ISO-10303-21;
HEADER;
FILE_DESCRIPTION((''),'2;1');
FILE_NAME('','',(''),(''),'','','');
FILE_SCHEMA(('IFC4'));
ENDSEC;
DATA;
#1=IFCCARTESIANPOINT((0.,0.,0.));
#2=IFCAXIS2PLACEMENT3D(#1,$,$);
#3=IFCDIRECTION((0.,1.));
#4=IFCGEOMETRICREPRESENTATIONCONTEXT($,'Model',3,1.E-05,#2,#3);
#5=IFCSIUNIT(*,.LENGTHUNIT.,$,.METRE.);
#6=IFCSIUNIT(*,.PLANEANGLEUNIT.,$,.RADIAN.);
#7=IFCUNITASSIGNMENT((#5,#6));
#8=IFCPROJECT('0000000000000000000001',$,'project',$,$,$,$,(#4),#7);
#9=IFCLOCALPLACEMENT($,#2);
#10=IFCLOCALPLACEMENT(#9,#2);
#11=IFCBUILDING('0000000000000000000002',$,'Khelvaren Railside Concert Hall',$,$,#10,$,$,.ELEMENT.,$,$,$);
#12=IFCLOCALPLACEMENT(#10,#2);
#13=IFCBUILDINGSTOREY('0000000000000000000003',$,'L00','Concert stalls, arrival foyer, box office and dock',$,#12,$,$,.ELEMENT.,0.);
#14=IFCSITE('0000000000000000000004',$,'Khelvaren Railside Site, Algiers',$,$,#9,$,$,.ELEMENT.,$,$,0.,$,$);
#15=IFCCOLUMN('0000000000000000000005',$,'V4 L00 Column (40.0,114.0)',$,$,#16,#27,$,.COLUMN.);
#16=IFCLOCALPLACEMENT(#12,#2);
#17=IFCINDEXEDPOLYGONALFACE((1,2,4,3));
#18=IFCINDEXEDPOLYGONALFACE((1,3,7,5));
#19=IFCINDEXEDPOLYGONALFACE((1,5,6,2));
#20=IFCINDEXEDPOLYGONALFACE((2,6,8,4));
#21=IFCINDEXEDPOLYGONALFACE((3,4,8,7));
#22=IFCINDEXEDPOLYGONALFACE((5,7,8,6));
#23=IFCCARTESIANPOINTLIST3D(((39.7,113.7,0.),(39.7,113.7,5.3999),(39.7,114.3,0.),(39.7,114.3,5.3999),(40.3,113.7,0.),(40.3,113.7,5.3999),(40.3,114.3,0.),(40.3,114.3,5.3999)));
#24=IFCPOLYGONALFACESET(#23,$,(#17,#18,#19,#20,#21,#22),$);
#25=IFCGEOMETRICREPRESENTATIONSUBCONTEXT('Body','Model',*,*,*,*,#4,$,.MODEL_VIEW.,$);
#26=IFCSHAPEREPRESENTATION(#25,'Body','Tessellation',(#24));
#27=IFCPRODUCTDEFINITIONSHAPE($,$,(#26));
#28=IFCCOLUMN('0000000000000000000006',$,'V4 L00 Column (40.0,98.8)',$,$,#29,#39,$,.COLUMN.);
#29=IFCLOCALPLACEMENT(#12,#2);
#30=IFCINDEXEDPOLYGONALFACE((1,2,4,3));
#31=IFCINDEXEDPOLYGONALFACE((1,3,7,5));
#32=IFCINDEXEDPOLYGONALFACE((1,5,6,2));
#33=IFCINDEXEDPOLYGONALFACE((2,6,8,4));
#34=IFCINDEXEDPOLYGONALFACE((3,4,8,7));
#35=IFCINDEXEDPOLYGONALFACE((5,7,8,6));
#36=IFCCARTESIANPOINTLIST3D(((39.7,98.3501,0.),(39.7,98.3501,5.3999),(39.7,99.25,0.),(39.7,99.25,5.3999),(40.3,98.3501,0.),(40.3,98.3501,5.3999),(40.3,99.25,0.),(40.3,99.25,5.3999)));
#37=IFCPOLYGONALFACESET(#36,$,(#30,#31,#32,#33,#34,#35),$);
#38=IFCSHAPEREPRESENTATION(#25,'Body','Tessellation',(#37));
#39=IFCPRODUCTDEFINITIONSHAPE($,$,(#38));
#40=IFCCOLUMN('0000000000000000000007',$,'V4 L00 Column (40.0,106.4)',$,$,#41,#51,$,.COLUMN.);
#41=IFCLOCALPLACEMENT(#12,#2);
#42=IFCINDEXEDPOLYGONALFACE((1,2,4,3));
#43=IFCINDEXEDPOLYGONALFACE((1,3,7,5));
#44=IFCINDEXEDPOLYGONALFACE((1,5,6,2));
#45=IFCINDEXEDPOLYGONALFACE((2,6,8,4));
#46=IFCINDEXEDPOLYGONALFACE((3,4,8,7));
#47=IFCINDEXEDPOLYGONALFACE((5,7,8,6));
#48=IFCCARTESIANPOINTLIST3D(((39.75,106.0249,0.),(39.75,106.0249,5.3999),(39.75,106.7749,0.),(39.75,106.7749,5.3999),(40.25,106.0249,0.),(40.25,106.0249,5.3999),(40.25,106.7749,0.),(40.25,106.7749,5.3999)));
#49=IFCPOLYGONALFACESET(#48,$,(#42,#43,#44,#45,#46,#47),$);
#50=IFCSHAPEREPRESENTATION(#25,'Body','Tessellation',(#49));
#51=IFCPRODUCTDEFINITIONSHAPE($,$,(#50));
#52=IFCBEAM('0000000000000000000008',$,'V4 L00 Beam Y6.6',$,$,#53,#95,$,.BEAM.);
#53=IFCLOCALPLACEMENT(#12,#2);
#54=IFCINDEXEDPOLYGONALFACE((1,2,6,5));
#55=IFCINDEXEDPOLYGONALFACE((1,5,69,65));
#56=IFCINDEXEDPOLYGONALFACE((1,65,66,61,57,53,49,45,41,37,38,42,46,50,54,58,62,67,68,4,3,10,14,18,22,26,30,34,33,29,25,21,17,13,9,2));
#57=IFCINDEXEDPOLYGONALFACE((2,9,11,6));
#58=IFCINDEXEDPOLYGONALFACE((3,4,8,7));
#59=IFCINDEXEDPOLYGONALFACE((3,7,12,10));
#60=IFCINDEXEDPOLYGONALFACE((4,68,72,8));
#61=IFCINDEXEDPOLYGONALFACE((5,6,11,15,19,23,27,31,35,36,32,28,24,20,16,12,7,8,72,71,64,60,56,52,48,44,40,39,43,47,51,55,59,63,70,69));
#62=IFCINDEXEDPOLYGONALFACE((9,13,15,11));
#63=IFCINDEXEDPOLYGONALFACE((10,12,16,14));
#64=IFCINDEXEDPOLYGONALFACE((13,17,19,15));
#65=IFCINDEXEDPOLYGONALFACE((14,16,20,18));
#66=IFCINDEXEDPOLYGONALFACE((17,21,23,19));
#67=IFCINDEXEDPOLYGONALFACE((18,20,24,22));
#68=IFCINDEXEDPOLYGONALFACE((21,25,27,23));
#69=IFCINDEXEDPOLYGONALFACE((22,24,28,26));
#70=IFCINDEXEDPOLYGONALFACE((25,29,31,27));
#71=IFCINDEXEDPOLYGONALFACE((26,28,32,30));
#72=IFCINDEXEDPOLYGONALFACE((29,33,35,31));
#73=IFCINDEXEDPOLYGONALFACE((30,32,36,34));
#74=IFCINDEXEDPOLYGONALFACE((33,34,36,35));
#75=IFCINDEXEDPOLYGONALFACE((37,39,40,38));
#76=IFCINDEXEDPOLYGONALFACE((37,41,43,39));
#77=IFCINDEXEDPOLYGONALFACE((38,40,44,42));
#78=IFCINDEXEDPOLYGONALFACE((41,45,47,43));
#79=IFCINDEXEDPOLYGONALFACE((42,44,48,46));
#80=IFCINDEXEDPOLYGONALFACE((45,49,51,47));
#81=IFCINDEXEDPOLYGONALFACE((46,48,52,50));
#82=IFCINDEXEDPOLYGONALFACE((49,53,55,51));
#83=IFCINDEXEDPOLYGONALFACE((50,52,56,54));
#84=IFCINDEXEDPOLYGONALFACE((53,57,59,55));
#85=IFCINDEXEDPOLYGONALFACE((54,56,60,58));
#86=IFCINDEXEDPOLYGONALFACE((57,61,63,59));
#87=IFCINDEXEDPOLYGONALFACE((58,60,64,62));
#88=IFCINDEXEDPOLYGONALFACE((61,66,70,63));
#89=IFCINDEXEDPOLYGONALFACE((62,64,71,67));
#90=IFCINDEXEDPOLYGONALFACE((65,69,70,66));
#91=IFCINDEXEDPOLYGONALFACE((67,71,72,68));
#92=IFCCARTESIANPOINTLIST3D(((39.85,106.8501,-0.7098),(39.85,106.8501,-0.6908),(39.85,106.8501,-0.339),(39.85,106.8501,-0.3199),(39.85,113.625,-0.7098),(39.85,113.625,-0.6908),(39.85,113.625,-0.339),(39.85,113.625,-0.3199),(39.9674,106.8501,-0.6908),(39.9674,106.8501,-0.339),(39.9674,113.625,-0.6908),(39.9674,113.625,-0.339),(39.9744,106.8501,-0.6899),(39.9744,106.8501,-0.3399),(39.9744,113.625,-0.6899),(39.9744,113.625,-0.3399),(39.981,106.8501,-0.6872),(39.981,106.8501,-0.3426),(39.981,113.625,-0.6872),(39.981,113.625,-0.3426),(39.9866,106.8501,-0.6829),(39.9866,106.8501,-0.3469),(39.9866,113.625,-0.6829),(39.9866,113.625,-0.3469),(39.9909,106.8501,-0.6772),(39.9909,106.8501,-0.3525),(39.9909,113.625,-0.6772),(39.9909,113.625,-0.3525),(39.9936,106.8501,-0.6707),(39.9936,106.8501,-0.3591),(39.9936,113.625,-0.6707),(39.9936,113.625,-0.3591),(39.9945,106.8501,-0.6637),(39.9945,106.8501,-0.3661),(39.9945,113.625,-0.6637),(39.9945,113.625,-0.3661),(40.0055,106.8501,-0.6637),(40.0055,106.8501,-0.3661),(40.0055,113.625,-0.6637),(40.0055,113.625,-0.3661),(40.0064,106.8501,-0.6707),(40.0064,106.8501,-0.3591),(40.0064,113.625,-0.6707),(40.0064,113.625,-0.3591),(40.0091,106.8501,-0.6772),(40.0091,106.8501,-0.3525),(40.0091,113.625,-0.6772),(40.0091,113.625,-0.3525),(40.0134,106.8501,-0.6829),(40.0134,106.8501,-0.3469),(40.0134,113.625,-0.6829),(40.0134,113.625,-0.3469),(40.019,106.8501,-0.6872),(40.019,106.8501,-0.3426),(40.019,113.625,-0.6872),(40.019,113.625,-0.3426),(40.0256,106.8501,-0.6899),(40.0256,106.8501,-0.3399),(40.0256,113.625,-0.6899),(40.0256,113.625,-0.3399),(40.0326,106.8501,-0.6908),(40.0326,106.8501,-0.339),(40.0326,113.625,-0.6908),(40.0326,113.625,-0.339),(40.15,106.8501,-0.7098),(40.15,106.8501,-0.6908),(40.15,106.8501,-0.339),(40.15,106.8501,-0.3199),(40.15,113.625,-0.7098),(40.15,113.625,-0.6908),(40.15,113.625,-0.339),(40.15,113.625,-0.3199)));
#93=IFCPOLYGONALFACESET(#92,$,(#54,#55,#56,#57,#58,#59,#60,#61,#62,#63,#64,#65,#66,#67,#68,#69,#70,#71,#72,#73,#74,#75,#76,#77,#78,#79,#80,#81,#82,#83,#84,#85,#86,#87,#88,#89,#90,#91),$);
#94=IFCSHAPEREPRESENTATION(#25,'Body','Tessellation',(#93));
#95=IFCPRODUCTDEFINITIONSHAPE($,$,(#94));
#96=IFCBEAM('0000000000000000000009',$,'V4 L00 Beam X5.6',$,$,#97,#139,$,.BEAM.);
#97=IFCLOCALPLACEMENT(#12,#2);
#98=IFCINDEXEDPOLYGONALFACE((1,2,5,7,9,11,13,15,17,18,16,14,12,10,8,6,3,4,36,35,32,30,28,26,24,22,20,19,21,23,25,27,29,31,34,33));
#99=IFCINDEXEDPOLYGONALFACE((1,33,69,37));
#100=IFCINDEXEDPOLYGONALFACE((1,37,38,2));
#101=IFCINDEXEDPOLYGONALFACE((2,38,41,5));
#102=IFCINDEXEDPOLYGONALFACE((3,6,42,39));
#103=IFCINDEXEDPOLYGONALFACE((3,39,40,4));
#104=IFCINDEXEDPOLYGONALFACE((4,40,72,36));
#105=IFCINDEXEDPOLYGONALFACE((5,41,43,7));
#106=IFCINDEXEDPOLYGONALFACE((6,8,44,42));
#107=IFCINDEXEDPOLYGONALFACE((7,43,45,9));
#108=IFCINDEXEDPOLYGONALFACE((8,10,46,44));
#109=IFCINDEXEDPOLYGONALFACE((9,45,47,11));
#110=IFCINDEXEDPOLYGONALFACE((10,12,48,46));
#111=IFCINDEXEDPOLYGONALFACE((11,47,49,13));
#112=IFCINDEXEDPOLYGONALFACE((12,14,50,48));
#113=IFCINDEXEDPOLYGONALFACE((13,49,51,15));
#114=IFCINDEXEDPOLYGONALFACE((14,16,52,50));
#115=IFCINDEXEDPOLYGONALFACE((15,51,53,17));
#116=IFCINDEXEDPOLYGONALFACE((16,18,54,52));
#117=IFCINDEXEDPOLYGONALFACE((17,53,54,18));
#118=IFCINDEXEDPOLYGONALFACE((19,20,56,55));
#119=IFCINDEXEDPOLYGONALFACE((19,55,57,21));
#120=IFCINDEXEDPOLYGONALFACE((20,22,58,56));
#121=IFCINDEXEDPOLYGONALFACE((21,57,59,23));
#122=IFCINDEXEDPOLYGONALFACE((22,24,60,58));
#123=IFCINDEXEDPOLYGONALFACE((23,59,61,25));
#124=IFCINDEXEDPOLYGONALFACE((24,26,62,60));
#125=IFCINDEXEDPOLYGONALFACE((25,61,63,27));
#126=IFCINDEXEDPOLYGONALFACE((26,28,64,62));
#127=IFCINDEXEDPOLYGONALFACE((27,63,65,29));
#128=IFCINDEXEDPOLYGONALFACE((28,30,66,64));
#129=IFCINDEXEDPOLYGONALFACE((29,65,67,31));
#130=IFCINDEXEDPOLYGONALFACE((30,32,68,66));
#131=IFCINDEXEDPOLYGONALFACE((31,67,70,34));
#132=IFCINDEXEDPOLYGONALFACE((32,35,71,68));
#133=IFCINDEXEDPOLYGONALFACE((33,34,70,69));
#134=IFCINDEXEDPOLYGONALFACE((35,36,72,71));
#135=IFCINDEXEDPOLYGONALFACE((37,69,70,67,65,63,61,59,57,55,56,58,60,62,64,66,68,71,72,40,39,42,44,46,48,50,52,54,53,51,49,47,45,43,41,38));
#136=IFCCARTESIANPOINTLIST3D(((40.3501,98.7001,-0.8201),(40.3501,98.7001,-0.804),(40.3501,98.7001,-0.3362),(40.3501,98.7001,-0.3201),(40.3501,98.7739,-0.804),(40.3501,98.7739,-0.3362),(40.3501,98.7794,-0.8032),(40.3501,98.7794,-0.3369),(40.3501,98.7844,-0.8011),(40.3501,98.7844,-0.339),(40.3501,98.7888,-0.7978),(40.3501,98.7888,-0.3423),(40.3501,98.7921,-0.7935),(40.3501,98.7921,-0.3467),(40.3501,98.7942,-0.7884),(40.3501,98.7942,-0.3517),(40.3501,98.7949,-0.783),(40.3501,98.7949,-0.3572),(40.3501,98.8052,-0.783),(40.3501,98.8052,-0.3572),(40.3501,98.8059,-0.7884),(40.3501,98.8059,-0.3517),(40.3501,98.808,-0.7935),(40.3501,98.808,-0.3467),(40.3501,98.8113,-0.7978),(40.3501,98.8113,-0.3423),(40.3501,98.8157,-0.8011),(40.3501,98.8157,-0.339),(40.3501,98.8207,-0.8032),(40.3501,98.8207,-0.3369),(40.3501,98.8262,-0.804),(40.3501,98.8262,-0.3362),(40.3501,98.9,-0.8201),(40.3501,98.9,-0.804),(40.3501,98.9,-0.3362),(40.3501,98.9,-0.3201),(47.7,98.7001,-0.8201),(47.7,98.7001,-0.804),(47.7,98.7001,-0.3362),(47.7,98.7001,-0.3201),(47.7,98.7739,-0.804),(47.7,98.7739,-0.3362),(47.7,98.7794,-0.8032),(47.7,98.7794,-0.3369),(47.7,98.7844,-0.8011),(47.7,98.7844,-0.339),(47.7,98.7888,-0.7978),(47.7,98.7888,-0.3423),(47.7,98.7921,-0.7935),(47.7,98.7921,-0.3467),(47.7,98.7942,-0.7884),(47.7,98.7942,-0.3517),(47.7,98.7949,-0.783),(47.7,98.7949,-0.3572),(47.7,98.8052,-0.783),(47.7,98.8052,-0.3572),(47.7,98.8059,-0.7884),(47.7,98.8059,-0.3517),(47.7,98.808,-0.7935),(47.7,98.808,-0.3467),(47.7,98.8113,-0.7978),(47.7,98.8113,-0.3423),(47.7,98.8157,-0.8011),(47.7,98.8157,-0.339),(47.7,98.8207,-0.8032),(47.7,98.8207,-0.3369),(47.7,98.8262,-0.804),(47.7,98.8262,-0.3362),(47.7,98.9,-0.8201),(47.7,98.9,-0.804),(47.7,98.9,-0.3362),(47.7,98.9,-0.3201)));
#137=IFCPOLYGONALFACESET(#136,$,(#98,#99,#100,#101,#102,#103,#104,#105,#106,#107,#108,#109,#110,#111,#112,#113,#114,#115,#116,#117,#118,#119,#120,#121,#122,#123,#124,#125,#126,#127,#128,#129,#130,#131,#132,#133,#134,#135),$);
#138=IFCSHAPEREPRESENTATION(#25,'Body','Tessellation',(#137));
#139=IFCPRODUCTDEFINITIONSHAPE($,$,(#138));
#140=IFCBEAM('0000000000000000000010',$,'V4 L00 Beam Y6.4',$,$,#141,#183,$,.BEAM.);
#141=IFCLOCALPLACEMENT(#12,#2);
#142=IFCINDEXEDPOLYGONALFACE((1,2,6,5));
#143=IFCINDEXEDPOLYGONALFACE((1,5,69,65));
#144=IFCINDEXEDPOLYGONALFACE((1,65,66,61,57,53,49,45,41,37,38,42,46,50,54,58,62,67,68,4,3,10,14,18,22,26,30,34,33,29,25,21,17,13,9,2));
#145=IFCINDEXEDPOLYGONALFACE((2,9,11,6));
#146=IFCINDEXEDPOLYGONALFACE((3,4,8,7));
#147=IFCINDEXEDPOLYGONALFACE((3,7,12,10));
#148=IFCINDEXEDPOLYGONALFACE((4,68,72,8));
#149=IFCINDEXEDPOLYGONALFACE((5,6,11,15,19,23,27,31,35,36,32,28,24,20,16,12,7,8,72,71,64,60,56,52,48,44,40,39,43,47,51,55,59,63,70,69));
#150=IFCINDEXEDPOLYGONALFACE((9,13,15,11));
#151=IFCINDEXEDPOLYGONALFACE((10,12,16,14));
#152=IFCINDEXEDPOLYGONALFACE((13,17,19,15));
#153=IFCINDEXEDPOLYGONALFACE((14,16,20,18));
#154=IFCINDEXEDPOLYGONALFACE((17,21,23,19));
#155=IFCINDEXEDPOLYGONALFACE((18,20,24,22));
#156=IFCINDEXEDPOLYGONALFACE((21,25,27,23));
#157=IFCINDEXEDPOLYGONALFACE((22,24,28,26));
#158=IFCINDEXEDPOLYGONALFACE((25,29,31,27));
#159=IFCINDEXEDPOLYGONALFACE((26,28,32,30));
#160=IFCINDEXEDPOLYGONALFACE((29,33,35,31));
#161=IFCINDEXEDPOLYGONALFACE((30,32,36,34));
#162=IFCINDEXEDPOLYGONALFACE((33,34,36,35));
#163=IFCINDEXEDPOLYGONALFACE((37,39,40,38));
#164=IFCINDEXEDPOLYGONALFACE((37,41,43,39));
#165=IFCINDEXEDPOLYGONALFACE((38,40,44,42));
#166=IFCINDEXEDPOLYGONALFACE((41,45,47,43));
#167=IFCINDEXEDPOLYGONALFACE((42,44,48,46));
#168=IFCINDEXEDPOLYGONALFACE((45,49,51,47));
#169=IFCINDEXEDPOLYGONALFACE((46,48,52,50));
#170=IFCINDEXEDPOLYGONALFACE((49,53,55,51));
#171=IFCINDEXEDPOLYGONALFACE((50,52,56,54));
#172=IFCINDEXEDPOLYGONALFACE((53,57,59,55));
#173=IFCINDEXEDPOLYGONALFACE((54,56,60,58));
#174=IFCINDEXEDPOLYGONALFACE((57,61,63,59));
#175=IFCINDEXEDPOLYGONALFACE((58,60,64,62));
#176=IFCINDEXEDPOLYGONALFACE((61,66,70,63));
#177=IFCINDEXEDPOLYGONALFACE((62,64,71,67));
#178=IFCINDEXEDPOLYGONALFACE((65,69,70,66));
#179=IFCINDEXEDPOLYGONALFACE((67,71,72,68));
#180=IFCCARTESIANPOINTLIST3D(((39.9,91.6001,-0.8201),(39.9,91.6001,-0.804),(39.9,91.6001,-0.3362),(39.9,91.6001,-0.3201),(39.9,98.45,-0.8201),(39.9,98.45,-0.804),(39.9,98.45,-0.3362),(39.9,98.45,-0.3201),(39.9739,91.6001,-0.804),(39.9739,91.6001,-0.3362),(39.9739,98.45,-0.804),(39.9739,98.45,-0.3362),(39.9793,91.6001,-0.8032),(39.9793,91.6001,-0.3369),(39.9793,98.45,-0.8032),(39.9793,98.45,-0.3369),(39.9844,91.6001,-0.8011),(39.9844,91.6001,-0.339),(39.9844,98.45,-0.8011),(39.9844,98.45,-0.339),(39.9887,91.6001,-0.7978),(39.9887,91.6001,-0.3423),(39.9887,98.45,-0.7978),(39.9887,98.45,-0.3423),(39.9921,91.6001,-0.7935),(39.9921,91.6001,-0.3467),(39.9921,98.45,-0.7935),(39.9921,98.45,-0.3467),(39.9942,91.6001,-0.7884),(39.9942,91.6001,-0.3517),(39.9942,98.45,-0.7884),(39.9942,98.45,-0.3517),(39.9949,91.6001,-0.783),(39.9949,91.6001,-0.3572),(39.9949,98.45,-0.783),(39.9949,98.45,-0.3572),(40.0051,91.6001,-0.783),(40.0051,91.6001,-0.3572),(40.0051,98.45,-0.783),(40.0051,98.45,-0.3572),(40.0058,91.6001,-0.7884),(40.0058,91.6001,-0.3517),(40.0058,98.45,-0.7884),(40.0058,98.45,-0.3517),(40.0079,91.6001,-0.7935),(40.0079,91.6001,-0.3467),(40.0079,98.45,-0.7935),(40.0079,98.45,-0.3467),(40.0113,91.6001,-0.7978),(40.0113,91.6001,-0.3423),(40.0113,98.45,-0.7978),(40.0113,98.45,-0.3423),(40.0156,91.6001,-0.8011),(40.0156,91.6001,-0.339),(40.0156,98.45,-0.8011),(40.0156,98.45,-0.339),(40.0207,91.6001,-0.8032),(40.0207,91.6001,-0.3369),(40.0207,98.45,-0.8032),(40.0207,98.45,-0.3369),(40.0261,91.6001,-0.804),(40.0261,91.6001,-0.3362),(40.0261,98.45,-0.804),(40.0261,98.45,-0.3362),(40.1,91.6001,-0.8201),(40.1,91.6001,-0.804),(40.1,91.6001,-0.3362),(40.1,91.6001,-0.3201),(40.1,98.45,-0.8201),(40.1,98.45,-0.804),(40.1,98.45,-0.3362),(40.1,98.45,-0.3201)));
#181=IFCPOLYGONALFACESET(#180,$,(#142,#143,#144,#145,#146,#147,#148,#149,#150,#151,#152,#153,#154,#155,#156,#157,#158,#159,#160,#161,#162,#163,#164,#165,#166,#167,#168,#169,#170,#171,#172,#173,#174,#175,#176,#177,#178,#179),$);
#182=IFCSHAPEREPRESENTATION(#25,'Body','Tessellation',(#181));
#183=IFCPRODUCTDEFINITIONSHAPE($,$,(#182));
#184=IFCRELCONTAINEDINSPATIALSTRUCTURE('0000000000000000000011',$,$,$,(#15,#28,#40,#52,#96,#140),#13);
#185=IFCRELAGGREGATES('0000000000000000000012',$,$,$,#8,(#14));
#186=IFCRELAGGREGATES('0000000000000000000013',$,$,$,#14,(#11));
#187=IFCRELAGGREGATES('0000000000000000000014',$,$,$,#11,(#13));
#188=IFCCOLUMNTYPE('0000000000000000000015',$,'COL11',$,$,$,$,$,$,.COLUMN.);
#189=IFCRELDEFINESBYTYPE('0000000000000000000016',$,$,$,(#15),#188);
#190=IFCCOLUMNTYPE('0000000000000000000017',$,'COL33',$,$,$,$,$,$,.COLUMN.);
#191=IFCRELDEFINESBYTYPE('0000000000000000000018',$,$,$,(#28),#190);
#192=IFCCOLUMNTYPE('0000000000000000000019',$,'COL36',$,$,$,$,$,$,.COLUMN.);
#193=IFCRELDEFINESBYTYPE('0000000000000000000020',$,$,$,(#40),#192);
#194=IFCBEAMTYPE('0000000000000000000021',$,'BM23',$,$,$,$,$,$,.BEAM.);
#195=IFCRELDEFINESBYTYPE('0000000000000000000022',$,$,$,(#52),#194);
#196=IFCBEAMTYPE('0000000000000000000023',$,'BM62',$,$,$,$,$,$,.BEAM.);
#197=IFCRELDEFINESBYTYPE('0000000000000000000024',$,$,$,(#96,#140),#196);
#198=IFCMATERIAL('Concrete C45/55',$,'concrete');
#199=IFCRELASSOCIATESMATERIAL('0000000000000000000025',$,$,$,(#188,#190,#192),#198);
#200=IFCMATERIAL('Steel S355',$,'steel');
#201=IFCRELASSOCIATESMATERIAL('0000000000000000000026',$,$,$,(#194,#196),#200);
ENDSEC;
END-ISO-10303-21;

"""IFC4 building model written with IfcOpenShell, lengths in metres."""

from ifc_helpers import new_model, si_unit, direction, frame, origin, origin_2d, place, context, subcontext, project, spatial, rectangle, i_section, extrude, material, material_profile, profile_set, type_object, element, save


model = new_model("IFC4")

# Units and contexts
model_context = context("Model", 3, precision=1e-05, world=origin(), true_north=direction((0.0, 1.0)))
body_context = subcontext(model_context, "Body", "Model", "MODEL_VIEW")
ifc_project = project(units=[si_unit("LENGTHUNIT", "METRE"), si_unit("PLANEANGLEUNIT", "RADIAN")], contexts=[model_context])

# Site, building, storey
site_placement = place(None, origin())
site = spatial("IfcSite", under=ifc_project, at=site_placement, Name="Khelvaren Railside Site, Algiers", CompositionType="ELEMENT", RefElevation=0.0)
building_placement = place(site_placement, origin())
building = spatial("IfcBuilding", under=site, at=building_placement, Name="Khelvaren Railside Concert Hall", CompositionType="ELEMENT")
storey_placement = place(building_placement, origin())
storey = spatial("IfcBuildingStorey", under=building, at=storey_placement, Name="L00", Description="Concert stalls, arrival foyer, box office and dock", CompositionType="ELEMENT", Elevation=0.0)

# Columns
ifc_material_1 = material(Name="Concrete C45/55", Category="concrete")
ifc_material_profile_1 = material_profile(ifc_material_1, rectangle(XDim=0.6001, YDim=0.6001, at=origin_2d()), Name="RC 600x600")
ifc_profile_set_1 = profile_set([ifc_material_profile_1], Name="Concrete C45/55")
column_type_1 = type_object("IfcColumnType", Name="COL11", PredefinedType="COLUMN", material=ifc_profile_set_1)
column_1_placement = place(storey_placement, frame((40.0, 114.0, 0.0), z_axis=(0.0, 0.0, 1.0), x_axis=(1.0, 0.0, 0.0)))
element("IfcColumn", 1, at=column_1_placement, inside=storey, type_object=column_type_1, Name="V4 L00 Column (40.0,114.0)", PredefinedType="COLUMN", context=body_context, shape_type="SweptSolid", body=[
    extrude(rectangle(XDim=0.6001, YDim=0.6001, at=origin_2d()), origin(), (0.0, 0.0, 1.0), 5.3999),
])
ifc_material_profile_2 = material_profile(ifc_material_1, rectangle(XDim=0.6001, YDim=0.8999, at=origin_2d()), Name="RC 600x900")
ifc_profile_set_2 = profile_set([ifc_material_profile_2], Name="Concrete C45/55")
column_type_2 = type_object("IfcColumnType", Name="COL33", PredefinedType="COLUMN", material=ifc_profile_set_2)
column_2_placement = place(storey_placement, frame((40.0, 98.8, 0.0), z_axis=(0.0, 0.0, 1.0), x_axis=(1.0, 0.0, 0.0)))
element("IfcColumn", 2, at=column_2_placement, inside=storey, type_object=column_type_2, Name="V4 L00 Column (40.0,98.8)", PredefinedType="COLUMN", context=body_context, shape_type="SweptSolid", body=[
    extrude(rectangle(XDim=0.6001, YDim=0.8999, at=origin_2d()), origin(), (0.0, 0.0, 1.0), 5.3999),
])
ifc_material_profile_3 = material_profile(ifc_material_1, rectangle(XDim=0.5, YDim=0.75, at=origin_2d()), Name="RC 500x750")
ifc_profile_set_3 = profile_set([ifc_material_profile_3], Name="Concrete C45/55")
column_type_3 = type_object("IfcColumnType", Name="COL36", PredefinedType="COLUMN", material=ifc_profile_set_3)
column_3_placement = place(storey_placement, frame((40.0, 106.3999, 0.0), z_axis=(0.0, 0.0, 1.0), x_axis=(1.0, 0.0, 0.0)))
element("IfcColumn", 3, at=column_3_placement, inside=storey, type_object=column_type_3, Name="V4 L00 Column (40.0,106.4)", PredefinedType="COLUMN", context=body_context, shape_type="SweptSolid", body=[
    extrude(rectangle(XDim=0.5, YDim=0.75, at=origin_2d()), origin(), (0.0, 0.0, 1.0), 5.3999),
])

# Beams
ifc_material_2 = material(Name="Steel S355", Category="steel")
ifc_material_profile_4 = material_profile(ifc_material_2, i_section(OverallWidth=0.3, OverallDepth=0.3899, WebThickness=0.011, FlangeThickness=0.019, FilletRadius=0.0271, at=origin_2d()), Name="HEA 400")
ifc_profile_set_4 = profile_set([ifc_material_profile_4], Name="Steel S355")
beam_type_1 = type_object("IfcBeamType", Name="BM23", PredefinedType="BEAM", material=ifc_profile_set_4)
beam_1_placement = place(storey_placement, frame((40.0, 106.8501, -0.5149), z_axis=(0.0, 1.0, 0.0), x_axis=(-1.0, 0.0, 0.0)))
element("IfcBeam", 4, at=beam_1_placement, inside=storey, type_object=beam_type_1, Name="V4 L00 Beam Y6.6", PredefinedType="BEAM", context=body_context, shape_type="SweptSolid", body=[
    extrude(i_section(OverallWidth=0.3, OverallDepth=0.3899, WebThickness=0.011, FlangeThickness=0.019, FilletRadius=0.0271, at=origin_2d()), origin(), (0.0, 0.0, 1.0), 6.7749),
])
ifc_material_profile_5 = material_profile(ifc_material_2, i_section(OverallWidth=0.2, OverallDepth=0.5, WebThickness=0.0103, FlangeThickness=0.0161, FilletRadius=0.021, at=origin_2d()), Name="IPE 500")
ifc_profile_set_5 = profile_set([ifc_material_profile_5], Name="Steel S355")
beam_type_2 = type_object("IfcBeamType", Name="BM62", PredefinedType="BEAM", material=ifc_profile_set_5)
beam_2_placement = place(storey_placement, frame((40.3501, 98.8, -0.5701), z_axis=(1.0, 0.0, 0.0), x_axis=(0.0, 1.0, 0.0)))
element("IfcBeam", 5, at=beam_2_placement, inside=storey, type_object=beam_type_2, Name="V4 L00 Beam X5.6", PredefinedType="BEAM", context=body_context, shape_type="SweptSolid", body=[
    extrude(i_section(OverallWidth=0.2, OverallDepth=0.5, WebThickness=0.0103, FlangeThickness=0.0161, FilletRadius=0.021, at=origin_2d()), origin(), (0.0, 0.0, 1.0), 7.3499),
])
beam_3_placement = place(storey_placement, frame((40.0, 91.6001, -0.5701), z_axis=(0.0, 1.0, 0.0), x_axis=(-1.0, 0.0, 0.0)))
element("IfcBeam", 6, at=beam_3_placement, inside=storey, type_object=beam_type_2, Name="V4 L00 Beam Y6.4", PredefinedType="BEAM", context=body_context, shape_type="SweptSolid", body=[
    extrude(i_section(OverallWidth=0.2, OverallDepth=0.5, WebThickness=0.0103, FlangeThickness=0.0161, FilletRadius=0.021, at=origin_2d()), origin(), (0.0, 0.0, 1.0), 6.8499),
])

save(model, "model.ifc")
